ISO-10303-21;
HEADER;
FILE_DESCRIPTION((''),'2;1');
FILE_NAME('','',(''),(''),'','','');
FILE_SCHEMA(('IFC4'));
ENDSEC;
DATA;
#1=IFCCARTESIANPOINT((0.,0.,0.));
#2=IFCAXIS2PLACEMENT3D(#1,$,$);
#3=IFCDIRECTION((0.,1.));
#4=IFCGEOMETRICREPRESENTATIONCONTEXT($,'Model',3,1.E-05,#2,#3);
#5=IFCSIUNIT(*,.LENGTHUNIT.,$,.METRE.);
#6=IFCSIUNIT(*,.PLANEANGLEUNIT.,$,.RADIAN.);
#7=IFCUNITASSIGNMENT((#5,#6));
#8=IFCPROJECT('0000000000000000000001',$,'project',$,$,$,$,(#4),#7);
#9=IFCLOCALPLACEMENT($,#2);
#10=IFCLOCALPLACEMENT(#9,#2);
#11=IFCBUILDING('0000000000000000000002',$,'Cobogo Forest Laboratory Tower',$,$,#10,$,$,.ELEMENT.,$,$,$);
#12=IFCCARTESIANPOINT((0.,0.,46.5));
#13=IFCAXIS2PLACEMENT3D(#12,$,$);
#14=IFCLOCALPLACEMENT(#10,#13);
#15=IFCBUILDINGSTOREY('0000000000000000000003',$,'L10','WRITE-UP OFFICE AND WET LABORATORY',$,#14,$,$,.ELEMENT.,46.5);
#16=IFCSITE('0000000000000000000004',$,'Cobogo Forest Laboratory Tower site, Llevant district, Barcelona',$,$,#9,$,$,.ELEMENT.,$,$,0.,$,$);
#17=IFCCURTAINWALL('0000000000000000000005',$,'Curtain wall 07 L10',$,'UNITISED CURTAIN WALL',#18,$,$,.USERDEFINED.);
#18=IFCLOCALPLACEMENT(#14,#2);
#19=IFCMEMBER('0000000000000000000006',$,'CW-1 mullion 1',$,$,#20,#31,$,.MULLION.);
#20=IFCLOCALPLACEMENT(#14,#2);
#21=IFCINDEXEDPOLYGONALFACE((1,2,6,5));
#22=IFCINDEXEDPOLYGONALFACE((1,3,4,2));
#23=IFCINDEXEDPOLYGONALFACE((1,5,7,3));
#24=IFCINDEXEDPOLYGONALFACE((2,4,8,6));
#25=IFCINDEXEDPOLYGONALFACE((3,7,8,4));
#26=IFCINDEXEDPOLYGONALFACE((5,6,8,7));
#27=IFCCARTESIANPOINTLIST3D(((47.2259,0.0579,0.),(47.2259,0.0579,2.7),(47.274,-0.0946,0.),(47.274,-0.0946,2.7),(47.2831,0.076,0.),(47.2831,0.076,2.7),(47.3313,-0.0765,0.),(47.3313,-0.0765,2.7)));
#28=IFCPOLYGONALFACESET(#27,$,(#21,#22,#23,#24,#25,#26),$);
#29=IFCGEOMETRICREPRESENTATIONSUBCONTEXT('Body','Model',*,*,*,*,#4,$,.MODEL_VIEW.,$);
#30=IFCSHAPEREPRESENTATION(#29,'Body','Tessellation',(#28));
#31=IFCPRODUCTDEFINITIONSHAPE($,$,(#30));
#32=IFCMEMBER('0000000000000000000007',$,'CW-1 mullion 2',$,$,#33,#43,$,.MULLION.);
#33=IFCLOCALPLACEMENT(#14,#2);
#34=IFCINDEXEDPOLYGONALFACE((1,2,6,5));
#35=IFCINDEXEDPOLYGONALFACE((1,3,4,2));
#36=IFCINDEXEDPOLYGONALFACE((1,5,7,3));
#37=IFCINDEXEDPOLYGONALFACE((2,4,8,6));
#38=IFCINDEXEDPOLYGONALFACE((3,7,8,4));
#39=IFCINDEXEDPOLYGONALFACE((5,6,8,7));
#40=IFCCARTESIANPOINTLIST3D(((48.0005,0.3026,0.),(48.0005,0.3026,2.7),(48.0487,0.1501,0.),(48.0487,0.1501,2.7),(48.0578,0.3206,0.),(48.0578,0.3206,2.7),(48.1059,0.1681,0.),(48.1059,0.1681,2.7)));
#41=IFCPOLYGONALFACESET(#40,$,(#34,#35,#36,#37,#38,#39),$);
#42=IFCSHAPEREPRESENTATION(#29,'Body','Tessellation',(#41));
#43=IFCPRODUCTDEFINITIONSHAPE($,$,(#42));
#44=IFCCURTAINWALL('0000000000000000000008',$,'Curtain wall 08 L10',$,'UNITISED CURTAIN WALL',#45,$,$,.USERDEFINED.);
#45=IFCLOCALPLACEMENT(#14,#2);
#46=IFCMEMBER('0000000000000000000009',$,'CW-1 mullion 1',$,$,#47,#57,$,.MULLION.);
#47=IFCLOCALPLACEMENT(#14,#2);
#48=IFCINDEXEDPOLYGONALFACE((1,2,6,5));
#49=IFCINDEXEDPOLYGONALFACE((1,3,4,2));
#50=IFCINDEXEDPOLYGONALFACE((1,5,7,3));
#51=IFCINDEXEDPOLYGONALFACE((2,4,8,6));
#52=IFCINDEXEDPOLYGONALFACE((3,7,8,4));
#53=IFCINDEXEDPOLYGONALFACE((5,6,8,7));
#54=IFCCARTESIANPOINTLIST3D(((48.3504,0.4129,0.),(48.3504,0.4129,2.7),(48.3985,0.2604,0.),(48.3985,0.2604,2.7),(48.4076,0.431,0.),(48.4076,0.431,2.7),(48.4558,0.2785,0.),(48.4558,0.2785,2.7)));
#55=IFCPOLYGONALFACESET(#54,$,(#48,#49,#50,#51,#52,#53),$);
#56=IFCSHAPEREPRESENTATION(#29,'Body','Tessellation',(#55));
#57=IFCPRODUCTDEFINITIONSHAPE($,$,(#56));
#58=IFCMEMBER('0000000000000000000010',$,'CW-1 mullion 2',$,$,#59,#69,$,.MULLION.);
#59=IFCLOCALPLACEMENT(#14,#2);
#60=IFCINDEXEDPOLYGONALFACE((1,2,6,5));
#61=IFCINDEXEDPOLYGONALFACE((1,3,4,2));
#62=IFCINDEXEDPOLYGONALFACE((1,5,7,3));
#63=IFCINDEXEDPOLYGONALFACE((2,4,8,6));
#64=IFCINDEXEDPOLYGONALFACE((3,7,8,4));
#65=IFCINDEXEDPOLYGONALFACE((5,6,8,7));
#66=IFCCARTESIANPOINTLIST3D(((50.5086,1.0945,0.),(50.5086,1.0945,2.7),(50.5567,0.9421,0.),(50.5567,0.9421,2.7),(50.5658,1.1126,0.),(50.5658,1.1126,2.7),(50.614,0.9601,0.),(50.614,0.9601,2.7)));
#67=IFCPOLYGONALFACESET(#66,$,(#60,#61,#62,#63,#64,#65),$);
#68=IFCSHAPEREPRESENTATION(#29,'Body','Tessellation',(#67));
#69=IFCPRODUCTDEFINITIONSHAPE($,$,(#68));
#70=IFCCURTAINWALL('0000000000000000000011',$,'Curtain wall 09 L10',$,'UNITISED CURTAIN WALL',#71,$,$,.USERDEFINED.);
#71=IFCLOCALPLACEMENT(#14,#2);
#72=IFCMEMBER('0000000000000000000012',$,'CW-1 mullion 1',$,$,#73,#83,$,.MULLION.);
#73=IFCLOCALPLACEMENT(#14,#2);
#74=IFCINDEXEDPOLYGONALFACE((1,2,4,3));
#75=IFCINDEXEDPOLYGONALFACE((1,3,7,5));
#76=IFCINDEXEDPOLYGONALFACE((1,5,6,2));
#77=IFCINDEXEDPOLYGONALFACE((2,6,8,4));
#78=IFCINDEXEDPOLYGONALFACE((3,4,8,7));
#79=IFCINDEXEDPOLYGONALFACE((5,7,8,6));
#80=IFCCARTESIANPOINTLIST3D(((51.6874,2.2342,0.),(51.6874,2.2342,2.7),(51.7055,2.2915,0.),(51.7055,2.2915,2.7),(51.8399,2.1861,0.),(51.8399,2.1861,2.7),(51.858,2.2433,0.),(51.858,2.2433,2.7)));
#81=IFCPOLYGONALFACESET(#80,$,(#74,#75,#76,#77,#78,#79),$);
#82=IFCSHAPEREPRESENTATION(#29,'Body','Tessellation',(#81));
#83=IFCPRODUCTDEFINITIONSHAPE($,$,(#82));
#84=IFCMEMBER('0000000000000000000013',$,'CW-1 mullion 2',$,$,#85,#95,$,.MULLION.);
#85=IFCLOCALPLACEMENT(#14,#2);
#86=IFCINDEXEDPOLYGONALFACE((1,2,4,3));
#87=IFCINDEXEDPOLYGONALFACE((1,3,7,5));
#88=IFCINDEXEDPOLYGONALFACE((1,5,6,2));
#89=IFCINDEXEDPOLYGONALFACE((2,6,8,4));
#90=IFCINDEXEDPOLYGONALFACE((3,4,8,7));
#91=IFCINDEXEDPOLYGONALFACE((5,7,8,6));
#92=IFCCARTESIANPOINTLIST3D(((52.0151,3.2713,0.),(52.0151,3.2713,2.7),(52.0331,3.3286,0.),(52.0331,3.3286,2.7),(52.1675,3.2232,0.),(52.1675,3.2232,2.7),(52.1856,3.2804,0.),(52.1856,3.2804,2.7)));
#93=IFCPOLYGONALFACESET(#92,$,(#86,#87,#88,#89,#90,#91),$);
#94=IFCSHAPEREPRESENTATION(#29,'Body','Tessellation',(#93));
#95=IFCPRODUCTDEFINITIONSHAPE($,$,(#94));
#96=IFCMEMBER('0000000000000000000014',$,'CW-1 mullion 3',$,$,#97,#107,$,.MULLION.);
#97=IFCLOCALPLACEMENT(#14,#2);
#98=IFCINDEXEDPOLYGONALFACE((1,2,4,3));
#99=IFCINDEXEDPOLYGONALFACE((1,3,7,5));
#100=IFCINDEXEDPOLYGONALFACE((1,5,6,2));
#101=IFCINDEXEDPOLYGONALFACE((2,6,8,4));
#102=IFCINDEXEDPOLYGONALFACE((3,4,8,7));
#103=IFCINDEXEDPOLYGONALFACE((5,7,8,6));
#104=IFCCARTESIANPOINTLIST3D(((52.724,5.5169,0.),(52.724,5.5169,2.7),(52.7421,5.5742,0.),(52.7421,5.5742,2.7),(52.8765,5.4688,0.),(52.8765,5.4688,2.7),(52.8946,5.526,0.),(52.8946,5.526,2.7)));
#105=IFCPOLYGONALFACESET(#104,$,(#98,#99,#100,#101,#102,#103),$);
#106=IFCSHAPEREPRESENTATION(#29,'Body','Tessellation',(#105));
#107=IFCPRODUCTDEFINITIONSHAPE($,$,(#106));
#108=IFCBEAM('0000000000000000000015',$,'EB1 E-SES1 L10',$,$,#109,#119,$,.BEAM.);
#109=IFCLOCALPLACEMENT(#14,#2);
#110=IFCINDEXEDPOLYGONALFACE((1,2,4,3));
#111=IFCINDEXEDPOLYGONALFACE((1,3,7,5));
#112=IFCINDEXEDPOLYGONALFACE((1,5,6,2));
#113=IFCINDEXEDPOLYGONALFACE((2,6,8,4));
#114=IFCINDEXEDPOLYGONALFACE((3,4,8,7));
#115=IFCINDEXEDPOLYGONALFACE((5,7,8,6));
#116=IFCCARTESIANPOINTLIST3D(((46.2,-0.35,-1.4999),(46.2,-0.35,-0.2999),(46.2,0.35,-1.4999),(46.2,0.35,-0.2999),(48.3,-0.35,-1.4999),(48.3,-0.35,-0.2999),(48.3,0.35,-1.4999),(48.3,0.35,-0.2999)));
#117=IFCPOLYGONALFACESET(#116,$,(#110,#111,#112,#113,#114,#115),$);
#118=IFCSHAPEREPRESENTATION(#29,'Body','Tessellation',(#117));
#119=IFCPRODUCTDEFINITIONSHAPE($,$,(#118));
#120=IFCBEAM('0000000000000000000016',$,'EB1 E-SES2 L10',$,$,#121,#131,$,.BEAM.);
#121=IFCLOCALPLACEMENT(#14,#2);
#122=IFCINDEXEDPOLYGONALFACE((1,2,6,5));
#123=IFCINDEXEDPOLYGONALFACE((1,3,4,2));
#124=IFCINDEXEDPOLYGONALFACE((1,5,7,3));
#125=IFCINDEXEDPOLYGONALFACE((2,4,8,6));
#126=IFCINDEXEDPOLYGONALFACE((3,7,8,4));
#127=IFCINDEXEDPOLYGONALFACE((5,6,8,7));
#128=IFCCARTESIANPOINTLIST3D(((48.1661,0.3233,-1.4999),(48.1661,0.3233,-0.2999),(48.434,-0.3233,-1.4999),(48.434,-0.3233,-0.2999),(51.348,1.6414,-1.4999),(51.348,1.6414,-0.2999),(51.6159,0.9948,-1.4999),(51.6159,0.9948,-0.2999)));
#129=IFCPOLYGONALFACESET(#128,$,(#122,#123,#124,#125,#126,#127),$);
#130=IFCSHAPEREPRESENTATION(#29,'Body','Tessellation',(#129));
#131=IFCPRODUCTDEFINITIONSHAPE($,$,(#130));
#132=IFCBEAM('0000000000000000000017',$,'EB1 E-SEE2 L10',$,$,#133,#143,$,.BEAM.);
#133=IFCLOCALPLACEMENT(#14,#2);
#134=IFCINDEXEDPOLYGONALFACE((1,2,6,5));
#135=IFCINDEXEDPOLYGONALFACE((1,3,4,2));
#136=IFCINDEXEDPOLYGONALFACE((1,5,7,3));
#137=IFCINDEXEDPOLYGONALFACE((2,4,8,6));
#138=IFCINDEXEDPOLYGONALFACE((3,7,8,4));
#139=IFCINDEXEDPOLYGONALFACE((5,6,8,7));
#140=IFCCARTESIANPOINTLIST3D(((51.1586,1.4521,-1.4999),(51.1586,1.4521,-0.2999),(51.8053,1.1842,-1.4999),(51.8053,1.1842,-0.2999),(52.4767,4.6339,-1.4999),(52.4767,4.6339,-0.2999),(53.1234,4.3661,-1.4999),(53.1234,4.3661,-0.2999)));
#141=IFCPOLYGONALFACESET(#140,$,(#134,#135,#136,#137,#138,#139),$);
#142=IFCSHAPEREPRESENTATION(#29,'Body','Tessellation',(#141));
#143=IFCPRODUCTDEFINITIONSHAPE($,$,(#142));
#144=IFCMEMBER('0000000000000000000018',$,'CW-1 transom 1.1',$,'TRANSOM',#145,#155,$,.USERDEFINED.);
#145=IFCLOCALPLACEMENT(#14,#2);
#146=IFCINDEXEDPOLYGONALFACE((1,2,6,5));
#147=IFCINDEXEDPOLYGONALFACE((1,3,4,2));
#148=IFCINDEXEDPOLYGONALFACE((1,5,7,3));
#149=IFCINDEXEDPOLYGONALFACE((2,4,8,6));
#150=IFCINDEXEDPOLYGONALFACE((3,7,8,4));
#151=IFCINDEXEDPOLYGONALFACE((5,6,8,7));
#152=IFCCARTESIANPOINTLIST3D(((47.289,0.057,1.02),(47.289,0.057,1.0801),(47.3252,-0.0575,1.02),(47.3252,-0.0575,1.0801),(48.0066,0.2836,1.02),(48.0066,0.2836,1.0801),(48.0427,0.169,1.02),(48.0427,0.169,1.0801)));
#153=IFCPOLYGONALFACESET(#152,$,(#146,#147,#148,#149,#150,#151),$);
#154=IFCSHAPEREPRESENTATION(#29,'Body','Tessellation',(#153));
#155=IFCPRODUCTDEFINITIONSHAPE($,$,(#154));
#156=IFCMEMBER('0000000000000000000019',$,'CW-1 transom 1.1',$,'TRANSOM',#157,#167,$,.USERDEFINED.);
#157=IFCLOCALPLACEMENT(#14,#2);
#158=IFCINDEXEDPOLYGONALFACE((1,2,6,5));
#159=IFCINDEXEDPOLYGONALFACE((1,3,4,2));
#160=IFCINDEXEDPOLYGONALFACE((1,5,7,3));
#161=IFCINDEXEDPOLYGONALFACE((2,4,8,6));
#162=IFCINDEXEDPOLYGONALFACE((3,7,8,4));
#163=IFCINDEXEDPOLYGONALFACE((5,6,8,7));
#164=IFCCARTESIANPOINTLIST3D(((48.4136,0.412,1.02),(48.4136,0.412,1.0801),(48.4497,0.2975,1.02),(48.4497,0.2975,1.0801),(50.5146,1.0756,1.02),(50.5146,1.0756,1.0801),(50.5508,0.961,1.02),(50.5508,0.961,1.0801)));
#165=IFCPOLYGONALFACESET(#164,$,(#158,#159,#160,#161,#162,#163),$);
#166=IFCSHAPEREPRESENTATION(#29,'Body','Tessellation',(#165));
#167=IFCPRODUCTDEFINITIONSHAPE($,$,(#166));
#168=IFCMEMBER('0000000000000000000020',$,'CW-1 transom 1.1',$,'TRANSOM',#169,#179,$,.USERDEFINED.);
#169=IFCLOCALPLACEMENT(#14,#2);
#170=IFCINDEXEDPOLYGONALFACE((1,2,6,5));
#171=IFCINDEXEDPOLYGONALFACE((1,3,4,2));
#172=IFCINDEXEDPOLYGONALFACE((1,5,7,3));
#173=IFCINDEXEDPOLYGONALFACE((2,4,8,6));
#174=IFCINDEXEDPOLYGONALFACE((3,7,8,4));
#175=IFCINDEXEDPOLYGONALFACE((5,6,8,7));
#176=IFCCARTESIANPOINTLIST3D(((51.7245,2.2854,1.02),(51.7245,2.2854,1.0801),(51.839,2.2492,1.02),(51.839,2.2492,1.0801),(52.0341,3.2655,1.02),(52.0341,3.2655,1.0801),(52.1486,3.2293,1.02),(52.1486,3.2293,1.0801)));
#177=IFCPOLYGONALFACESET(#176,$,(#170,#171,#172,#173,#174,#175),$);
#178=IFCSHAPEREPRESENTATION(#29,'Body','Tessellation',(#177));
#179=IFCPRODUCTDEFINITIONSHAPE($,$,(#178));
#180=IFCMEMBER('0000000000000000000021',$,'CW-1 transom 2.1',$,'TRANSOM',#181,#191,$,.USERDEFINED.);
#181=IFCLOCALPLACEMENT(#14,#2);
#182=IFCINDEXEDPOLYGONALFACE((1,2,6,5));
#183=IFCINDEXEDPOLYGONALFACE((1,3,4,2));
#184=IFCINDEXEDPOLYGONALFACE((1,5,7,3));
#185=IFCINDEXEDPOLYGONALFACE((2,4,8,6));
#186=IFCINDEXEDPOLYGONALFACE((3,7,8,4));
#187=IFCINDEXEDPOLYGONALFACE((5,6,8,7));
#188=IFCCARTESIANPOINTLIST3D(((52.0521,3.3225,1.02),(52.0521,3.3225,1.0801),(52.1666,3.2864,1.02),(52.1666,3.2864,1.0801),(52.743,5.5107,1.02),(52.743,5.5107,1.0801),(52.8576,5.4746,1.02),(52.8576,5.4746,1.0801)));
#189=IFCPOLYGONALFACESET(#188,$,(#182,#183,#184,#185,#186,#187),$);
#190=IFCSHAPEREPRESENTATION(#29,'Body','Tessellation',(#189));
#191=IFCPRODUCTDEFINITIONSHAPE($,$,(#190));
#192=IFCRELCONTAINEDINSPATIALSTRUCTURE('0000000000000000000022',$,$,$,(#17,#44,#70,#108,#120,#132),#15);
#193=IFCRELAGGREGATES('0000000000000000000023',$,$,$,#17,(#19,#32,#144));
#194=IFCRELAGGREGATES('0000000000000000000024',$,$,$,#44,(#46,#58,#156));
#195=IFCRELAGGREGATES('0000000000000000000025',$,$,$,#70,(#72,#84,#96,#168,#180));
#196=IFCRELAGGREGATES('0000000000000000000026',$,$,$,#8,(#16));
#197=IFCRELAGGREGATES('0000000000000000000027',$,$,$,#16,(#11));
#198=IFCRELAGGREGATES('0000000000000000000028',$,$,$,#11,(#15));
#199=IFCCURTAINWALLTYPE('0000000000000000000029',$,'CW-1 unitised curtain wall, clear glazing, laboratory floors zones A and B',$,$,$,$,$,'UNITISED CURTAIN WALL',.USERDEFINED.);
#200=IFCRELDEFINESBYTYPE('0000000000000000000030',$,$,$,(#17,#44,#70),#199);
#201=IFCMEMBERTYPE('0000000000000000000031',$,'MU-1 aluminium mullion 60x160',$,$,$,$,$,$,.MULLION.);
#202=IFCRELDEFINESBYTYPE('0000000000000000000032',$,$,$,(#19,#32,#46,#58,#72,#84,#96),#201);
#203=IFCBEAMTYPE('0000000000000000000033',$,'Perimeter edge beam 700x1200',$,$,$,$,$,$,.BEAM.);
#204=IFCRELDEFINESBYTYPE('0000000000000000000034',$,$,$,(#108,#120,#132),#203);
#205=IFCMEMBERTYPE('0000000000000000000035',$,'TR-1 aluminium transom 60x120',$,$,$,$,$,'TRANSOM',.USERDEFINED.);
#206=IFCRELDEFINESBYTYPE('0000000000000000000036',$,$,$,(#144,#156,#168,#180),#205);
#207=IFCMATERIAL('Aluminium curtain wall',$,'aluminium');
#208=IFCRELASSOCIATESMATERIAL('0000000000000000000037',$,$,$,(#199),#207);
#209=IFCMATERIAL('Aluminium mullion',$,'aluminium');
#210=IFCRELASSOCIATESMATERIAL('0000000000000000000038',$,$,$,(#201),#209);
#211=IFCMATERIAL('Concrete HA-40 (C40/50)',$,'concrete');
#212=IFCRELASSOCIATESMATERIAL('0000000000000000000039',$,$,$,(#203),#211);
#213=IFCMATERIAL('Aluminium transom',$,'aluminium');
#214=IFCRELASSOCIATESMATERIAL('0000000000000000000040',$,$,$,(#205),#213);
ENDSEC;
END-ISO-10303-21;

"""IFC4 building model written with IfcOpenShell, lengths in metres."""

from ifc_helpers import new_model, si_unit, direction, frame, origin, origin_2d, place, context, subcontext, project, spatial, rectangle, extrude, material, material_profile, profile_set, type_object, element, aggregate, save


model = new_model("IFC4")

# Units and contexts
model_context = context("Model", 3, precision=1e-05, world=origin(), true_north=direction((0.0, 1.0)))
body_context = subcontext(model_context, "Body", "Model", "MODEL_VIEW")
ifc_project = project(units=[si_unit("LENGTHUNIT", "METRE"), si_unit("PLANEANGLEUNIT", "RADIAN")], contexts=[model_context])

# Site, building, storey
site_placement = place(None, origin())
site = spatial("IfcSite", under=ifc_project, at=site_placement, Name="Cobogo Forest Laboratory Tower site, Llevant district, Barcelona", CompositionType="ELEMENT", RefElevation=0.0)
building_placement = place(site_placement, origin())
building = spatial("IfcBuilding", under=site, at=building_placement, Name="Cobogo Forest Laboratory Tower", CompositionType="ELEMENT")
storey_placement = place(building_placement, frame((0.0, 0.0, 46.5)))
storey = spatial("IfcBuildingStorey", under=building, at=storey_placement, Name="L10", Description="WRITE-UP OFFICE AND WET LABORATORY", CompositionType="ELEMENT", Elevation=46.5)

# Shared definitions
ifc_material_1 = material(Name="Concrete HA-40 (C40/50)", Category="concrete")

# Shared definitions
ifc_material_2 = material(Name="Aluminium curtain wall", Category="aluminium")
curtain_wall_type = type_object("IfcCurtainWallType", Name="CW-1 unitised curtain wall, clear glazing, laboratory floors zones A and B", ElementType="UNITISED CURTAIN WALL", PredefinedType="USERDEFINED", material=ifc_material_2)
ifc_material_3 = material(Name="Aluminium mullion", Category="aluminium")
ifc_material_profile_1 = material_profile(ifc_material_3, rectangle(XDim=0.0601, YDim=0.1599, at=origin_2d()), Name="AL 60x160")
ifc_profile_set_1 = profile_set([ifc_material_profile_1], Name="Aluminium mullion")
member_type_1 = type_object("IfcMemberType", Name="MU-1 aluminium mullion 60x160", PredefinedType="MULLION", material=ifc_profile_set_1)

# Curtain walls, members
curtain_wall_1_placement = place(storey_placement, origin())
curtain_wall_1 = element("IfcCurtainWall", 1, at=curtain_wall_1_placement, inside=storey, type_object=curtain_wall_type, Name="Curtain wall 07 L10", ObjectType="UNITISED CURTAIN WALL", PredefinedType="USERDEFINED")
member_1_placement = place(storey_placement, frame((47.2786, -0.0093, 0.0), z_axis=(0.0, 0.0, 1.0), x_axis=(0.953582, 0.301135, 0.0)))
member_1 = element("IfcMember", 2, at=member_1_placement, type_object=member_type_1, Name="CW-1 mullion 1", PredefinedType="MULLION", context=body_context, shape_type="SweptSolid", body=[
    extrude(rectangle(XDim=0.0601, YDim=0.1599, at=origin_2d()), origin(), (0.0, 0.0, 1.0), 2.7),
])
member_2_placement = place(storey_placement, frame((48.0532, 0.2354, 0.0), z_axis=(0.0, 0.0, 1.0), x_axis=(0.953582, 0.301135, 0.0)))
member_2 = element("IfcMember", 3, at=member_2_placement, type_object=member_type_1, Name="CW-1 mullion 2", PredefinedType="MULLION", context=body_context, shape_type="SweptSolid", body=[
    extrude(rectangle(XDim=0.0601, YDim=0.1599, at=origin_2d()), origin(), (0.0, 0.0, 1.0), 2.7),
])
curtain_wall_2_placement = place(storey_placement, origin())
curtain_wall_2 = element("IfcCurtainWall", 4, at=curtain_wall_2_placement, inside=storey, type_object=curtain_wall_type, Name="Curtain wall 08 L10", ObjectType="UNITISED CURTAIN WALL", PredefinedType="USERDEFINED")
member_3_placement = place(storey_placement, frame((48.4031, 0.3457, 0.0), z_axis=(0.0, 0.0, 1.0), x_axis=(0.953581, 0.301135, 0.0)))
member_3 = element("IfcMember", 5, at=member_3_placement, type_object=member_type_1, Name="CW-1 mullion 1", PredefinedType="MULLION", context=body_context, shape_type="SweptSolid", body=[
    extrude(rectangle(XDim=0.0601, YDim=0.1599, at=origin_2d()), origin(), (0.0, 0.0, 1.0), 2.7),
])
member_4_placement = place(storey_placement, frame((50.5613, 1.0273, 0.0), z_axis=(0.0, 0.0, 1.0), x_axis=(0.953581, 0.301135, 0.0)))
member_4 = element("IfcMember", 6, at=member_4_placement, type_object=member_type_1, Name="CW-1 mullion 2", PredefinedType="MULLION", context=body_context, shape_type="SweptSolid", body=[
    extrude(rectangle(XDim=0.0601, YDim=0.1599, at=origin_2d()), origin(), (0.0, 0.0, 1.0), 2.7),
])
curtain_wall_3_placement = place(storey_placement, origin())
curtain_wall_3 = element("IfcCurtainWall", 7, at=curtain_wall_3_placement, inside=storey, type_object=curtain_wall_type, Name="Curtain wall 09 L10", ObjectType="UNITISED CURTAIN WALL", PredefinedType="USERDEFINED")
member_5_placement = place(storey_placement, frame((51.7727, 2.2388, 0.0), z_axis=(0.0, 0.0, 1.0), x_axis=(0.301135, 0.953581, 0.0)))
member_5 = element("IfcMember", 8, at=member_5_placement, type_object=member_type_1, Name="CW-1 mullion 1", PredefinedType="MULLION", context=body_context, shape_type="SweptSolid", body=[
    extrude(rectangle(XDim=0.0601, YDim=0.1599, at=origin_2d()), origin(), (0.0, 0.0, 1.0), 2.7),
])
member_6_placement = place(storey_placement, frame((52.1003, 3.2759, 0.0), z_axis=(0.0, 0.0, 1.0), x_axis=(0.301135, 0.953581, 0.0)))
member_6 = element("IfcMember", 9, at=member_6_placement, type_object=member_type_1, Name="CW-1 mullion 2", PredefinedType="MULLION", context=body_context, shape_type="SweptSolid", body=[
    extrude(rectangle(XDim=0.0601, YDim=0.1599, at=origin_2d()), origin(), (0.0, 0.0, 1.0), 2.7),
])
member_7_placement = place(storey_placement, frame((52.8093, 5.5215, 0.0), z_axis=(0.0, 0.0, 1.0), x_axis=(0.301135, 0.953581, 0.0)))
member_7 = element("IfcMember", 10, at=member_7_placement, type_object=member_type_1, Name="CW-1 mullion 3", PredefinedType="MULLION", context=body_context, shape_type="SweptSolid", body=[
    extrude(rectangle(XDim=0.0601, YDim=0.1599, at=origin_2d()), origin(), (0.0, 0.0, 1.0), 2.7),
])

# Beams
ifc_material_profile_2 = material_profile(ifc_material_1, rectangle(XDim=0.7, YDim=1.2, at=origin_2d()), Name="RC 700x1200")
ifc_profile_set_2 = profile_set([ifc_material_profile_2], Name="Concrete HA-40 (C40/50)")
beam_type_1 = type_object("IfcBeamType", Name="Perimeter edge beam 700x1200", PredefinedType="BEAM", material=ifc_profile_set_2)
beam_1_placement = place(storey_placement, frame((46.2, 0.0, -0.8999), z_axis=(1.0, 0.0, 0.0), x_axis=(0.0, 1.0, 0.0)))
element("IfcBeam", 11, at=beam_1_placement, inside=storey, type_object=beam_type_1, Name="EB1 E-SES1 L10", PredefinedType="BEAM", context=body_context, shape_type="SweptSolid", body=[
    extrude(rectangle(XDim=0.7, YDim=1.2, at=origin_2d()), origin(), (0.0, 0.0, 1.0), 2.1001),
])
for number, where, z_axis, x_axis, name in (
    (12, (48.3, 0.0, -0.8999), (0.923866, 0.382717, 0.0), (-0.382717, 0.923866, 0.0), "EB1 E-SES2 L10"),
    (13, (52.8, 4.5, -0.8999), (-0.382717, -0.923866, 0.0), (0.923866, -0.382717, 0.0), "EB1 E-SEE2 L10"),
):
    element("IfcBeam", number, at=place(storey_placement, frame(where, z_axis=z_axis, x_axis=x_axis)), inside=storey, type_object=beam_type_1, Name=name, PredefinedType="BEAM", context=body_context, shape_type="SweptSolid", body=[
        extrude(rectangle(XDim=0.7, YDim=1.2, at=origin_2d()), origin(), (0.0, 0.0, 1.0), 3.4441),
    ])

# Members
ifc_material_4 = material(Name="Aluminium transom", Category="aluminium")
ifc_material_profile_3 = material_profile(ifc_material_4, rectangle(XDim=0.1201, YDim=0.0601, at=origin_2d()), Name="AL 60x120")
ifc_profile_set_3 = profile_set([ifc_material_profile_3], Name="Aluminium transom")
member_type_2 = type_object("IfcMemberType", Name="TR-1 aluminium transom 60x120", ElementType="TRANSOM", PredefinedType="USERDEFINED", material=ifc_profile_set_3)
member_8_placement = place(storey_placement, frame((47.3071, -0.0002, 1.05), z_axis=(0.953592, 0.3011, 0.0), x_axis=(-0.3011, 0.953592, 0.0)))
member_8 = element("IfcMember", 14, at=member_8_placement, type_object=member_type_2, Name="CW-1 transom 1.1", ObjectType="TRANSOM", PredefinedType="USERDEFINED", context=body_context, shape_type="SweptSolid", body=[
    extrude(rectangle(XDim=0.1201, YDim=0.0601, at=origin_2d()), origin(), (0.0, 0.0, 1.0), 0.7524),
])
member_9_placement = place(storey_placement, frame((48.4316, 0.3547, 1.05), z_axis=(0.953573, 0.301163, 0.0), x_axis=(-0.301163, 0.953573, 0.0)))
member_9 = element("IfcMember", 15, at=member_9_placement, type_object=member_type_2, Name="CW-1 transom 1.1", ObjectType="TRANSOM", PredefinedType="USERDEFINED", context=body_context, shape_type="SweptSolid", body=[
    extrude(rectangle(XDim=0.1201, YDim=0.0601, at=origin_2d()), origin(), (0.0, 0.0, 1.0), 2.2034),
])
member_10_placement = place(storey_placement, frame((51.7817, 2.2673, 1.05), z_axis=(0.301222, 0.953554, 0.0), x_axis=(-0.953554, 0.301222, 0.0)))
member_10 = element("IfcMember", 16, at=member_10_placement, type_object=member_type_2, Name="CW-1 transom 1.1", ObjectType="TRANSOM", PredefinedType="USERDEFINED", context=body_context, shape_type="SweptSolid", body=[
    extrude(rectangle(XDim=0.1201, YDim=0.0601, at=origin_2d()), origin(), (0.0, 0.0, 1.0), 1.0278),
])
member_11_placement = place(storey_placement, frame((52.1094, 3.3044, 1.05), z_axis=(0.301091, 0.953596, 0.0), x_axis=(-0.953596, 0.301091, 0.0)))
member_11 = element("IfcMember", 17, at=member_11_placement, type_object=member_type_2, Name="CW-1 transom 2.1", ObjectType="TRANSOM", PredefinedType="USERDEFINED", context=body_context, shape_type="SweptSolid", body=[
    extrude(rectangle(XDim=0.1201, YDim=0.0601, at=origin_2d()), origin(), (0.0, 0.0, 1.0), 2.2947),
])

aggregate(curtain_wall_1, [member_1, member_2, member_8])
aggregate(curtain_wall_2, [member_3, member_4, member_9])
aggregate(curtain_wall_3, [member_5, member_6, member_7, member_10, member_11])

save(model, "model.ifc")
